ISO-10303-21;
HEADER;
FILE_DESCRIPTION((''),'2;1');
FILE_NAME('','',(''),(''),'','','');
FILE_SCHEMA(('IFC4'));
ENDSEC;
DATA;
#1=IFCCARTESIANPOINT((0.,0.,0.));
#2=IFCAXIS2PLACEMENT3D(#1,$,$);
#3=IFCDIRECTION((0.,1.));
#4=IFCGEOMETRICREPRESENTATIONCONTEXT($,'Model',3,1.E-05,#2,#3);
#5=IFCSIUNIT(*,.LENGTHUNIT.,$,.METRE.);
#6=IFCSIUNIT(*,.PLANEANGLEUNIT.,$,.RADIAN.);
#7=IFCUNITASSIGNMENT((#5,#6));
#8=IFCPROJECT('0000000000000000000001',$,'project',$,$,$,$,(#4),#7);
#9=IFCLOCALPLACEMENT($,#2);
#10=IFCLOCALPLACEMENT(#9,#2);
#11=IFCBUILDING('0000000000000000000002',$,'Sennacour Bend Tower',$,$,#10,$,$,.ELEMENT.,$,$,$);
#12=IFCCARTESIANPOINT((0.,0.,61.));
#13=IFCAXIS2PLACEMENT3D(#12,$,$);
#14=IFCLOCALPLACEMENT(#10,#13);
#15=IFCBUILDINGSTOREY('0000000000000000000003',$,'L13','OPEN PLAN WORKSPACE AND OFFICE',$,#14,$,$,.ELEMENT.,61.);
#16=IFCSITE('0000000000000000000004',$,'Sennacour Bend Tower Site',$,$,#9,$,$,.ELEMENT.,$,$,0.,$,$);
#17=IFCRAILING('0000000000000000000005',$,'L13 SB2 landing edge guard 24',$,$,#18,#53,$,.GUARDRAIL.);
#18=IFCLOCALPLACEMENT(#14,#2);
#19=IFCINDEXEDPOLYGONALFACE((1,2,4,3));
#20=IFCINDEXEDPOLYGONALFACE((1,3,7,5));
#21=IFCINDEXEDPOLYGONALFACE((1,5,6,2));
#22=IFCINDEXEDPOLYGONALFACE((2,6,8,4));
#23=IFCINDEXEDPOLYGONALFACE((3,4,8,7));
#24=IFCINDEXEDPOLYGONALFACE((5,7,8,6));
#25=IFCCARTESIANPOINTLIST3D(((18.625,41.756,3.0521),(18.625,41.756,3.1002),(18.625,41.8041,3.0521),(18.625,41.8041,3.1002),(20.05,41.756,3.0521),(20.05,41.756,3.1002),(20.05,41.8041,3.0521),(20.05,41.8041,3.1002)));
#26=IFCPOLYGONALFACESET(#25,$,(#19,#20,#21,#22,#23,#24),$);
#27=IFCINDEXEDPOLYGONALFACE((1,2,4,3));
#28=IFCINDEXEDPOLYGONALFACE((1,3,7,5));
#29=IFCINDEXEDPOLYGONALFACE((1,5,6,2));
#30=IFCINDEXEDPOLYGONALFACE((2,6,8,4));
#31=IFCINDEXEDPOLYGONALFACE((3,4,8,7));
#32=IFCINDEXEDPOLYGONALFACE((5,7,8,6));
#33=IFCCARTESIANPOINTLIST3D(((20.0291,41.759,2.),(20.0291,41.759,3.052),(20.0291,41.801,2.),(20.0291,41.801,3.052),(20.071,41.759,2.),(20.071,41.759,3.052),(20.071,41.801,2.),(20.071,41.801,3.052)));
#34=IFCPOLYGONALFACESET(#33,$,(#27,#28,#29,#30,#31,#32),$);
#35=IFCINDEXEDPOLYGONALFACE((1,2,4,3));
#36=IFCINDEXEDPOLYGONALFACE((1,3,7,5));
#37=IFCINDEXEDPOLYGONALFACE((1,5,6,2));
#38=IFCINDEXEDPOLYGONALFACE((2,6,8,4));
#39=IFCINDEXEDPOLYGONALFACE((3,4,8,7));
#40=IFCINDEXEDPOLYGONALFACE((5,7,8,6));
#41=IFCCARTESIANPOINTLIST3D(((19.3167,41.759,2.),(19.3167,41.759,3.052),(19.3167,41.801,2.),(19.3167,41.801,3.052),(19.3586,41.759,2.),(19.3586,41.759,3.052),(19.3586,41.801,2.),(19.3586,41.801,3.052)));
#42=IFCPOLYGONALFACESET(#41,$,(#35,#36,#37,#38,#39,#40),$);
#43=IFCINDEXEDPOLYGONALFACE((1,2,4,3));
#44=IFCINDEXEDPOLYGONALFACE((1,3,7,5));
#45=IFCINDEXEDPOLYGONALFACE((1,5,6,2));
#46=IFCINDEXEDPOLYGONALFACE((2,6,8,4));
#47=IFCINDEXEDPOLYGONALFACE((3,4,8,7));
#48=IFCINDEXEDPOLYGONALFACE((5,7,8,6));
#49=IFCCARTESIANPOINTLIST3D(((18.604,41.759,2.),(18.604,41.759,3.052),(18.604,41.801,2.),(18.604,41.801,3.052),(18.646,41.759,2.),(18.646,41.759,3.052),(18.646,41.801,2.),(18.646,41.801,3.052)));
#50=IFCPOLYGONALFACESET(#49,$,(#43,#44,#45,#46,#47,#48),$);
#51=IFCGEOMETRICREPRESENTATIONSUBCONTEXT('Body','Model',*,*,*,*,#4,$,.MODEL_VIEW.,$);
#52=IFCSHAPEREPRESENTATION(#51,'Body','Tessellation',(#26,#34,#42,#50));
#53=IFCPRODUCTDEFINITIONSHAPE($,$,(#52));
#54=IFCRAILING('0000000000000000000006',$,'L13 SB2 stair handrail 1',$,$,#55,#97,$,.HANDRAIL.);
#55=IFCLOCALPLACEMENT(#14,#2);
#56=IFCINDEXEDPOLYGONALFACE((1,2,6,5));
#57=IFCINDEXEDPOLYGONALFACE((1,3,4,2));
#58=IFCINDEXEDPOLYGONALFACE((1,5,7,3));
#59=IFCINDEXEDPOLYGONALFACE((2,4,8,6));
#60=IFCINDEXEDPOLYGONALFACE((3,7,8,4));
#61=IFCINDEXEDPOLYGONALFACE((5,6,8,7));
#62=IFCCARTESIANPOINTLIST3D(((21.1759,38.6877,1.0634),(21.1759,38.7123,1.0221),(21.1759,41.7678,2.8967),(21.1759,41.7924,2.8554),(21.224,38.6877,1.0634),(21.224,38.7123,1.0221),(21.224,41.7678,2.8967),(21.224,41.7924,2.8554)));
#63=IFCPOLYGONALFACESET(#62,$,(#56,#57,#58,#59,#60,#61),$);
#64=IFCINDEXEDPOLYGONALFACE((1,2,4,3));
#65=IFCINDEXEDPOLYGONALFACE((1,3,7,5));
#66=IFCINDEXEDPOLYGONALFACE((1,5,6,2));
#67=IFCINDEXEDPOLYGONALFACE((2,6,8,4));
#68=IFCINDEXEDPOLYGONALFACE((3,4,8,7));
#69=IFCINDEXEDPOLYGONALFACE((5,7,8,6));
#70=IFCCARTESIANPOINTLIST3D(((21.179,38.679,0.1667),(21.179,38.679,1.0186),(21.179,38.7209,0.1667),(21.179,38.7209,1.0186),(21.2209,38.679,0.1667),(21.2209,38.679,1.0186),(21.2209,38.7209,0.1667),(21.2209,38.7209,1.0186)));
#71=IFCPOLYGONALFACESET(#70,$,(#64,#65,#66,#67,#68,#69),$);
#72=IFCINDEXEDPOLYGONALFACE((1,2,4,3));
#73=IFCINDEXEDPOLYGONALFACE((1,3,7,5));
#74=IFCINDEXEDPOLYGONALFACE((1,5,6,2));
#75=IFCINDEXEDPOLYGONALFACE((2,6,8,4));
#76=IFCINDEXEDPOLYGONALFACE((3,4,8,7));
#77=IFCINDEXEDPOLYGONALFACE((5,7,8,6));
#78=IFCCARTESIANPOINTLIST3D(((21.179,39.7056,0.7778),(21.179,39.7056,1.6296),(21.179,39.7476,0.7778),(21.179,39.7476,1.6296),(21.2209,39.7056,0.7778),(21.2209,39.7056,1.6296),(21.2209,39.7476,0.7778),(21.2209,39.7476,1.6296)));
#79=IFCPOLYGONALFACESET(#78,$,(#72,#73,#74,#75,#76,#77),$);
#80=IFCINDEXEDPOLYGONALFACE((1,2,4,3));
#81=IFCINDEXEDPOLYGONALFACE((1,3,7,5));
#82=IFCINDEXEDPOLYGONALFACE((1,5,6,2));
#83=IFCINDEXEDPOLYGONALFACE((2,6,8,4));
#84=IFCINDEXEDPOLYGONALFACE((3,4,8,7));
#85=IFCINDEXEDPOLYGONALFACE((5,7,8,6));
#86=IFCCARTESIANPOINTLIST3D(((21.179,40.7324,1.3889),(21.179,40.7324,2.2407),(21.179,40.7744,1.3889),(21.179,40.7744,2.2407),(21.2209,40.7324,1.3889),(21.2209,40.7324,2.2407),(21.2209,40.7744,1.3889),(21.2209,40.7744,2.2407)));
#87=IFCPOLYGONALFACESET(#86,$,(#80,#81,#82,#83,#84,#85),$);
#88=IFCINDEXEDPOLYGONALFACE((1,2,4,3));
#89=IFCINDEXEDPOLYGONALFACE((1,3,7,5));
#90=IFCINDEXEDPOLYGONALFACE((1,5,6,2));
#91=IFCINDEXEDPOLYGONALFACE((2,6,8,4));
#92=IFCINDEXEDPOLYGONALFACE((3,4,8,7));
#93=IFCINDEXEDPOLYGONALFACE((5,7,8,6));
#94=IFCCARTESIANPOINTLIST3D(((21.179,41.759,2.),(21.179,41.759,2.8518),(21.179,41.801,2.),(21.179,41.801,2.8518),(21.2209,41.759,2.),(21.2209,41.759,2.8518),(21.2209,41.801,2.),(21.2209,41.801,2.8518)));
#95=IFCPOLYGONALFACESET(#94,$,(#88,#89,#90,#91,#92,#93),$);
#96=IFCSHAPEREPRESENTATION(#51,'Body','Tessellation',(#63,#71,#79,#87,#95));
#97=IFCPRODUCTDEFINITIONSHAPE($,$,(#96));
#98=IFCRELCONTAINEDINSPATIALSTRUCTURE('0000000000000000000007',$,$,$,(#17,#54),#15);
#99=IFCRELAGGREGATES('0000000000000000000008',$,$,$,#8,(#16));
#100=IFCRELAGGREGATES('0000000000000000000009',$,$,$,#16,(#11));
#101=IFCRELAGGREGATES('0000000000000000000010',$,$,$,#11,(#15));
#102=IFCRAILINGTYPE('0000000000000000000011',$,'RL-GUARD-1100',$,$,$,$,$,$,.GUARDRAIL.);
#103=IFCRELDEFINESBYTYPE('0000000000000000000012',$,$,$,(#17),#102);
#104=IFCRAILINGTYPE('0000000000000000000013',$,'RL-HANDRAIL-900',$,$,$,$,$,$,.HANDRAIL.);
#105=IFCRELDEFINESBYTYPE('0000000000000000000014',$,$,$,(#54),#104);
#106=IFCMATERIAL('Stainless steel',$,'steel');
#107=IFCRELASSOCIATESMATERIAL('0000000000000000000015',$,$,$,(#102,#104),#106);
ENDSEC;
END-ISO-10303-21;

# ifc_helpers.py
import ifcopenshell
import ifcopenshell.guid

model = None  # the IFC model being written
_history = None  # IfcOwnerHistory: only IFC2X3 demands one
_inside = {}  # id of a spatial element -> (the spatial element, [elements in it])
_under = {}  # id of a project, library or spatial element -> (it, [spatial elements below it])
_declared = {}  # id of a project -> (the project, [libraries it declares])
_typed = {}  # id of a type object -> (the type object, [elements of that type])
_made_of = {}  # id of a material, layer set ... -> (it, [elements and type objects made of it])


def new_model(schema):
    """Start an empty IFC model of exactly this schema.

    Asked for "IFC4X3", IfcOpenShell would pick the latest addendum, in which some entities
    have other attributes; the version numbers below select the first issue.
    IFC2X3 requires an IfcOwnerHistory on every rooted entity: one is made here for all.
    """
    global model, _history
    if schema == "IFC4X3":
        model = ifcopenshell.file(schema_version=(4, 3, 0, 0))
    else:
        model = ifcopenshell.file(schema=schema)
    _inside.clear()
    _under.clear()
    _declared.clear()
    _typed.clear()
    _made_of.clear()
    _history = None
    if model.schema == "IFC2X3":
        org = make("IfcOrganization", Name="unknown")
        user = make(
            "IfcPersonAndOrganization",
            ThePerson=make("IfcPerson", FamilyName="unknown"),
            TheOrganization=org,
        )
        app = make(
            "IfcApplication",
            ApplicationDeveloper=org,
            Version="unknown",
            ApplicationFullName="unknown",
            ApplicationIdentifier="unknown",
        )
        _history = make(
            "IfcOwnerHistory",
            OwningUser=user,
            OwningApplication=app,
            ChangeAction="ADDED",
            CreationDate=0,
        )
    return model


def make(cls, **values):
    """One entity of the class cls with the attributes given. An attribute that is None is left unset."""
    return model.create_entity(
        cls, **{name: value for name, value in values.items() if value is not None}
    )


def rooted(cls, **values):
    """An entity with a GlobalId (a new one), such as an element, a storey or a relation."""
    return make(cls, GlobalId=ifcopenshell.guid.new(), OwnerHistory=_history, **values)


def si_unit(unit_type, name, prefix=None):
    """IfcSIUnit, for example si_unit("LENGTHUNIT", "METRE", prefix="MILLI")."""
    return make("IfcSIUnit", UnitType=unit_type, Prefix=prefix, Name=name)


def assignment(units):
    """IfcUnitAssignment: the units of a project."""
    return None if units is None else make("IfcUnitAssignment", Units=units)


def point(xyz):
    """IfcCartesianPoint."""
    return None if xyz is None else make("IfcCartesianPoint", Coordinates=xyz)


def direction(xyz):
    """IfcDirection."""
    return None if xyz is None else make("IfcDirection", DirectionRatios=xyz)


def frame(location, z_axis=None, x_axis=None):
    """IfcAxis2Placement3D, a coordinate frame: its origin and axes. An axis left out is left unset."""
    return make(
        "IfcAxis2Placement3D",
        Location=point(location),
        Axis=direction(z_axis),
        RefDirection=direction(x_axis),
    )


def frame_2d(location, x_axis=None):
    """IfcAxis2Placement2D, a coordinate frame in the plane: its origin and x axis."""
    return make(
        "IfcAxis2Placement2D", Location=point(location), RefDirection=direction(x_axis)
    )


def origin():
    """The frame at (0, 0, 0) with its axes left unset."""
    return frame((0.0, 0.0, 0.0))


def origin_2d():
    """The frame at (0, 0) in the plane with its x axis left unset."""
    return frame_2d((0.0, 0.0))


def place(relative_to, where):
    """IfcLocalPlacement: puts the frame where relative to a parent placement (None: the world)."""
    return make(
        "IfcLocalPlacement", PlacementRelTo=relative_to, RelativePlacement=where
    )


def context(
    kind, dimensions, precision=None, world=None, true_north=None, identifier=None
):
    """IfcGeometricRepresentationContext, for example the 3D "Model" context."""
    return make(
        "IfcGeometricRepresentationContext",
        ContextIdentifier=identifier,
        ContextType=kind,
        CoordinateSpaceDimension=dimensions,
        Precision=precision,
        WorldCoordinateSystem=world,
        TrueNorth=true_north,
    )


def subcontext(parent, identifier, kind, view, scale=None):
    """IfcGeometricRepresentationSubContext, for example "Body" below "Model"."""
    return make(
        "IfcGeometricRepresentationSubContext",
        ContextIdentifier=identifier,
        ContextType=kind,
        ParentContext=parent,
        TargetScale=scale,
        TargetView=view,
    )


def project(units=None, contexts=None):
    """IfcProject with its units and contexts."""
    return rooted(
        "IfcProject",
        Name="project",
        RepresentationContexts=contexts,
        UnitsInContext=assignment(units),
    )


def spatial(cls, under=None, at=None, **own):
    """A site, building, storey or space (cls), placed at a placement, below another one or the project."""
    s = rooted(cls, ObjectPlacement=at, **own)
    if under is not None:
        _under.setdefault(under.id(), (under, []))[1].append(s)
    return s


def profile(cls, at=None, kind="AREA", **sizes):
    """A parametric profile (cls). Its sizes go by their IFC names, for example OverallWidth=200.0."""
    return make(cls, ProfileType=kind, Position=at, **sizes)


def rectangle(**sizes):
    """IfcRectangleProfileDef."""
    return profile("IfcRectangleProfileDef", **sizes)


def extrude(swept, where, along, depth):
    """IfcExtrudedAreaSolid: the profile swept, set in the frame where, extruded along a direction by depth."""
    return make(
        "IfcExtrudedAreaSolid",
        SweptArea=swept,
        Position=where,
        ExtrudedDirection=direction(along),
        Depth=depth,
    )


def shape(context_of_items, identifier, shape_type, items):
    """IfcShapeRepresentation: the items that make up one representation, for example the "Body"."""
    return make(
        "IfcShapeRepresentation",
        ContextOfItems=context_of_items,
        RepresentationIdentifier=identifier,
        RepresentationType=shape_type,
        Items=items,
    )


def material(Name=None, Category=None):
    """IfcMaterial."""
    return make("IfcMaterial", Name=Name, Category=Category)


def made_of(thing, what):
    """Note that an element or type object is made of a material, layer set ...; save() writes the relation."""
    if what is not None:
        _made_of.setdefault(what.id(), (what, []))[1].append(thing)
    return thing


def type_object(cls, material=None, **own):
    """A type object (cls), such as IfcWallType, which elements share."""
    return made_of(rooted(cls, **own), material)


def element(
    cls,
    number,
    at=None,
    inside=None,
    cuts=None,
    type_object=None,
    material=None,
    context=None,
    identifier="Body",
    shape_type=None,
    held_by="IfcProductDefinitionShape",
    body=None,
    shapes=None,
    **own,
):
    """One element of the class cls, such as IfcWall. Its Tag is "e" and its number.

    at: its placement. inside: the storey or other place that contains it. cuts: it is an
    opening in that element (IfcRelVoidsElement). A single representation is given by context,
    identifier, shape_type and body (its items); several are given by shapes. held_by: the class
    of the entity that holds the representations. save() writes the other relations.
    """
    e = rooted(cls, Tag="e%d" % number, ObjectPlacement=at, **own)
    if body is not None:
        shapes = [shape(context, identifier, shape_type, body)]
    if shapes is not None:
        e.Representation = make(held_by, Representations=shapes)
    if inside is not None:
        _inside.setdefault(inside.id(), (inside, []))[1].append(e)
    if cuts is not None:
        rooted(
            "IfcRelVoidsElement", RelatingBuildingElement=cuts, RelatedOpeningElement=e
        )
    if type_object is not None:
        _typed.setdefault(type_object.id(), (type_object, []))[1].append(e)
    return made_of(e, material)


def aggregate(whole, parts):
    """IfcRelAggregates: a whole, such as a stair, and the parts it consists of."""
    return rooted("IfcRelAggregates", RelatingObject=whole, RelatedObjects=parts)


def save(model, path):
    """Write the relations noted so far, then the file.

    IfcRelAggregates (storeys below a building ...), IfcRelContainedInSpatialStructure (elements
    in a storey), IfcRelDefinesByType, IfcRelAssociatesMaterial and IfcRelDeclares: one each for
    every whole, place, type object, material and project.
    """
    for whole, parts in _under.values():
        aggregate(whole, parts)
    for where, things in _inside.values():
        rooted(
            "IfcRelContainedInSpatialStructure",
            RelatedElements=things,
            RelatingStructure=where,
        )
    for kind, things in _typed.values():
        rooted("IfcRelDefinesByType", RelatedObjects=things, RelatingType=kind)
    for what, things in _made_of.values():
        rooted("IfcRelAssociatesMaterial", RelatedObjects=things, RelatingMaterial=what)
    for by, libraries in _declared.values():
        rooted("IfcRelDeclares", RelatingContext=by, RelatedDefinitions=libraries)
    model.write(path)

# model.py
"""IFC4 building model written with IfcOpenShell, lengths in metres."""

from ifc_helpers import new_model, si_unit, direction, frame, origin, origin_2d, place, context, subcontext, project, spatial, rectangle, extrude, material, type_object, element, save


model = new_model("IFC4")

# Units and contexts
model_context = context("Model", 3, precision=1e-05, world=origin(), true_north=direction((0.0, 1.0)))
body_context = subcontext(model_context, "Body", "Model", "MODEL_VIEW")
ifc_project = project(units=[si_unit("LENGTHUNIT", "METRE"), si_unit("PLANEANGLEUNIT", "RADIAN")], contexts=[model_context])

# Site, building, storey
site_placement = place(None, origin())
site = spatial("IfcSite", under=ifc_project, at=site_placement, Name="Sennacour Bend Tower Site", CompositionType="ELEMENT", RefElevation=0.0)
building_placement = place(site_placement, origin())
building = spatial("IfcBuilding", under=site, at=building_placement, Name="Sennacour Bend Tower", CompositionType="ELEMENT")
storey_placement = place(building_placement, frame((0.0, 0.0, 61.0)))
storey = spatial("IfcBuildingStorey", under=building, at=storey_placement, Name="L13", Description="OPEN PLAN WORKSPACE AND OFFICE", CompositionType="ELEMENT", Elevation=61.0)

# Railings
ifc_material_1 = material(Name="Stainless steel", Category="steel")
railing_type_1 = type_object("IfcRailingType", Name="RL-GUARD-1100", PredefinedType="GUARDRAIL", material=ifc_material_1)
railing_1_placement = place(storey_placement, frame((20.05, 41.78, 2.0)))
element("IfcRailing", 1, at=railing_1_placement, inside=storey, type_object=railing_type_1, Name="L13 SB2 landing edge guard 24", PredefinedType="GUARDRAIL", context=body_context, shape_type="SweptSolid", body=[
    extrude(rectangle(XDim=0.0481, YDim=0.0481, at=origin_2d()), frame((0.0, 0.0, 1.0762), z_axis=(-1.0, 0.0, 0.0), x_axis=(0.0, -1.0, 0.0)), (0.0, 0.0, 1.0), 1.425),
    extrude(rectangle(XDim=0.042, YDim=0.042, at=origin_2d()), origin(), (0.0, 0.0, 1.0), 1.052),
    extrude(rectangle(XDim=0.042, YDim=0.042, at=origin_2d()), frame((-0.7124, 0.0, 0.0)), (0.0, 0.0, 1.0), 1.052),
    extrude(rectangle(XDim=0.042, YDim=0.042, at=origin_2d()), frame((-1.425, 0.0, 0.0)), (0.0, 0.0, 1.0), 1.052),
])
railing_type_2 = type_object("IfcRailingType", Name="RL-HANDRAIL-900", PredefinedType="HANDRAIL", material=ifc_material_1)
railing_2_placement = place(storey_placement, frame((21.2, 38.7, 0.1667)))
element("IfcRailing", 2, at=railing_2_placement, inside=storey, type_object=railing_type_2, Name="L13 SB2 stair handrail 1", PredefinedType="HANDRAIL", context=body_context, shape_type="SweptSolid", body=[
    extrude(rectangle(XDim=0.0481, YDim=0.0481, at=origin_2d()), frame((0.0, 0.0, 0.876), z_axis=(0.0, 0.859309, 0.511458), x_axis=(-1.0, 0.0, 0.0)), (0.0, 0.0, 1.0), 3.5845),
    extrude(rectangle(XDim=0.042, YDim=0.042, at=origin_2d()), origin(), (0.0, 0.0, 1.0), 0.8518),
    extrude(rectangle(XDim=0.042, YDim=0.042, at=origin_2d()), frame((0.0, 1.0266, 0.6111)), (0.0, 0.0, 1.0), 0.8518),
    extrude(rectangle(XDim=0.042, YDim=0.042, at=origin_2d()), frame((0.0, 2.0535, 1.2222)), (0.0, 0.0, 1.0), 0.8518),
    extrude(rectangle(XDim=0.042, YDim=0.042, at=origin_2d()), frame((0.0, 3.0801, 1.8333)), (0.0, 0.0, 1.0), 0.8518),
])

save(model, "model.ifc")
